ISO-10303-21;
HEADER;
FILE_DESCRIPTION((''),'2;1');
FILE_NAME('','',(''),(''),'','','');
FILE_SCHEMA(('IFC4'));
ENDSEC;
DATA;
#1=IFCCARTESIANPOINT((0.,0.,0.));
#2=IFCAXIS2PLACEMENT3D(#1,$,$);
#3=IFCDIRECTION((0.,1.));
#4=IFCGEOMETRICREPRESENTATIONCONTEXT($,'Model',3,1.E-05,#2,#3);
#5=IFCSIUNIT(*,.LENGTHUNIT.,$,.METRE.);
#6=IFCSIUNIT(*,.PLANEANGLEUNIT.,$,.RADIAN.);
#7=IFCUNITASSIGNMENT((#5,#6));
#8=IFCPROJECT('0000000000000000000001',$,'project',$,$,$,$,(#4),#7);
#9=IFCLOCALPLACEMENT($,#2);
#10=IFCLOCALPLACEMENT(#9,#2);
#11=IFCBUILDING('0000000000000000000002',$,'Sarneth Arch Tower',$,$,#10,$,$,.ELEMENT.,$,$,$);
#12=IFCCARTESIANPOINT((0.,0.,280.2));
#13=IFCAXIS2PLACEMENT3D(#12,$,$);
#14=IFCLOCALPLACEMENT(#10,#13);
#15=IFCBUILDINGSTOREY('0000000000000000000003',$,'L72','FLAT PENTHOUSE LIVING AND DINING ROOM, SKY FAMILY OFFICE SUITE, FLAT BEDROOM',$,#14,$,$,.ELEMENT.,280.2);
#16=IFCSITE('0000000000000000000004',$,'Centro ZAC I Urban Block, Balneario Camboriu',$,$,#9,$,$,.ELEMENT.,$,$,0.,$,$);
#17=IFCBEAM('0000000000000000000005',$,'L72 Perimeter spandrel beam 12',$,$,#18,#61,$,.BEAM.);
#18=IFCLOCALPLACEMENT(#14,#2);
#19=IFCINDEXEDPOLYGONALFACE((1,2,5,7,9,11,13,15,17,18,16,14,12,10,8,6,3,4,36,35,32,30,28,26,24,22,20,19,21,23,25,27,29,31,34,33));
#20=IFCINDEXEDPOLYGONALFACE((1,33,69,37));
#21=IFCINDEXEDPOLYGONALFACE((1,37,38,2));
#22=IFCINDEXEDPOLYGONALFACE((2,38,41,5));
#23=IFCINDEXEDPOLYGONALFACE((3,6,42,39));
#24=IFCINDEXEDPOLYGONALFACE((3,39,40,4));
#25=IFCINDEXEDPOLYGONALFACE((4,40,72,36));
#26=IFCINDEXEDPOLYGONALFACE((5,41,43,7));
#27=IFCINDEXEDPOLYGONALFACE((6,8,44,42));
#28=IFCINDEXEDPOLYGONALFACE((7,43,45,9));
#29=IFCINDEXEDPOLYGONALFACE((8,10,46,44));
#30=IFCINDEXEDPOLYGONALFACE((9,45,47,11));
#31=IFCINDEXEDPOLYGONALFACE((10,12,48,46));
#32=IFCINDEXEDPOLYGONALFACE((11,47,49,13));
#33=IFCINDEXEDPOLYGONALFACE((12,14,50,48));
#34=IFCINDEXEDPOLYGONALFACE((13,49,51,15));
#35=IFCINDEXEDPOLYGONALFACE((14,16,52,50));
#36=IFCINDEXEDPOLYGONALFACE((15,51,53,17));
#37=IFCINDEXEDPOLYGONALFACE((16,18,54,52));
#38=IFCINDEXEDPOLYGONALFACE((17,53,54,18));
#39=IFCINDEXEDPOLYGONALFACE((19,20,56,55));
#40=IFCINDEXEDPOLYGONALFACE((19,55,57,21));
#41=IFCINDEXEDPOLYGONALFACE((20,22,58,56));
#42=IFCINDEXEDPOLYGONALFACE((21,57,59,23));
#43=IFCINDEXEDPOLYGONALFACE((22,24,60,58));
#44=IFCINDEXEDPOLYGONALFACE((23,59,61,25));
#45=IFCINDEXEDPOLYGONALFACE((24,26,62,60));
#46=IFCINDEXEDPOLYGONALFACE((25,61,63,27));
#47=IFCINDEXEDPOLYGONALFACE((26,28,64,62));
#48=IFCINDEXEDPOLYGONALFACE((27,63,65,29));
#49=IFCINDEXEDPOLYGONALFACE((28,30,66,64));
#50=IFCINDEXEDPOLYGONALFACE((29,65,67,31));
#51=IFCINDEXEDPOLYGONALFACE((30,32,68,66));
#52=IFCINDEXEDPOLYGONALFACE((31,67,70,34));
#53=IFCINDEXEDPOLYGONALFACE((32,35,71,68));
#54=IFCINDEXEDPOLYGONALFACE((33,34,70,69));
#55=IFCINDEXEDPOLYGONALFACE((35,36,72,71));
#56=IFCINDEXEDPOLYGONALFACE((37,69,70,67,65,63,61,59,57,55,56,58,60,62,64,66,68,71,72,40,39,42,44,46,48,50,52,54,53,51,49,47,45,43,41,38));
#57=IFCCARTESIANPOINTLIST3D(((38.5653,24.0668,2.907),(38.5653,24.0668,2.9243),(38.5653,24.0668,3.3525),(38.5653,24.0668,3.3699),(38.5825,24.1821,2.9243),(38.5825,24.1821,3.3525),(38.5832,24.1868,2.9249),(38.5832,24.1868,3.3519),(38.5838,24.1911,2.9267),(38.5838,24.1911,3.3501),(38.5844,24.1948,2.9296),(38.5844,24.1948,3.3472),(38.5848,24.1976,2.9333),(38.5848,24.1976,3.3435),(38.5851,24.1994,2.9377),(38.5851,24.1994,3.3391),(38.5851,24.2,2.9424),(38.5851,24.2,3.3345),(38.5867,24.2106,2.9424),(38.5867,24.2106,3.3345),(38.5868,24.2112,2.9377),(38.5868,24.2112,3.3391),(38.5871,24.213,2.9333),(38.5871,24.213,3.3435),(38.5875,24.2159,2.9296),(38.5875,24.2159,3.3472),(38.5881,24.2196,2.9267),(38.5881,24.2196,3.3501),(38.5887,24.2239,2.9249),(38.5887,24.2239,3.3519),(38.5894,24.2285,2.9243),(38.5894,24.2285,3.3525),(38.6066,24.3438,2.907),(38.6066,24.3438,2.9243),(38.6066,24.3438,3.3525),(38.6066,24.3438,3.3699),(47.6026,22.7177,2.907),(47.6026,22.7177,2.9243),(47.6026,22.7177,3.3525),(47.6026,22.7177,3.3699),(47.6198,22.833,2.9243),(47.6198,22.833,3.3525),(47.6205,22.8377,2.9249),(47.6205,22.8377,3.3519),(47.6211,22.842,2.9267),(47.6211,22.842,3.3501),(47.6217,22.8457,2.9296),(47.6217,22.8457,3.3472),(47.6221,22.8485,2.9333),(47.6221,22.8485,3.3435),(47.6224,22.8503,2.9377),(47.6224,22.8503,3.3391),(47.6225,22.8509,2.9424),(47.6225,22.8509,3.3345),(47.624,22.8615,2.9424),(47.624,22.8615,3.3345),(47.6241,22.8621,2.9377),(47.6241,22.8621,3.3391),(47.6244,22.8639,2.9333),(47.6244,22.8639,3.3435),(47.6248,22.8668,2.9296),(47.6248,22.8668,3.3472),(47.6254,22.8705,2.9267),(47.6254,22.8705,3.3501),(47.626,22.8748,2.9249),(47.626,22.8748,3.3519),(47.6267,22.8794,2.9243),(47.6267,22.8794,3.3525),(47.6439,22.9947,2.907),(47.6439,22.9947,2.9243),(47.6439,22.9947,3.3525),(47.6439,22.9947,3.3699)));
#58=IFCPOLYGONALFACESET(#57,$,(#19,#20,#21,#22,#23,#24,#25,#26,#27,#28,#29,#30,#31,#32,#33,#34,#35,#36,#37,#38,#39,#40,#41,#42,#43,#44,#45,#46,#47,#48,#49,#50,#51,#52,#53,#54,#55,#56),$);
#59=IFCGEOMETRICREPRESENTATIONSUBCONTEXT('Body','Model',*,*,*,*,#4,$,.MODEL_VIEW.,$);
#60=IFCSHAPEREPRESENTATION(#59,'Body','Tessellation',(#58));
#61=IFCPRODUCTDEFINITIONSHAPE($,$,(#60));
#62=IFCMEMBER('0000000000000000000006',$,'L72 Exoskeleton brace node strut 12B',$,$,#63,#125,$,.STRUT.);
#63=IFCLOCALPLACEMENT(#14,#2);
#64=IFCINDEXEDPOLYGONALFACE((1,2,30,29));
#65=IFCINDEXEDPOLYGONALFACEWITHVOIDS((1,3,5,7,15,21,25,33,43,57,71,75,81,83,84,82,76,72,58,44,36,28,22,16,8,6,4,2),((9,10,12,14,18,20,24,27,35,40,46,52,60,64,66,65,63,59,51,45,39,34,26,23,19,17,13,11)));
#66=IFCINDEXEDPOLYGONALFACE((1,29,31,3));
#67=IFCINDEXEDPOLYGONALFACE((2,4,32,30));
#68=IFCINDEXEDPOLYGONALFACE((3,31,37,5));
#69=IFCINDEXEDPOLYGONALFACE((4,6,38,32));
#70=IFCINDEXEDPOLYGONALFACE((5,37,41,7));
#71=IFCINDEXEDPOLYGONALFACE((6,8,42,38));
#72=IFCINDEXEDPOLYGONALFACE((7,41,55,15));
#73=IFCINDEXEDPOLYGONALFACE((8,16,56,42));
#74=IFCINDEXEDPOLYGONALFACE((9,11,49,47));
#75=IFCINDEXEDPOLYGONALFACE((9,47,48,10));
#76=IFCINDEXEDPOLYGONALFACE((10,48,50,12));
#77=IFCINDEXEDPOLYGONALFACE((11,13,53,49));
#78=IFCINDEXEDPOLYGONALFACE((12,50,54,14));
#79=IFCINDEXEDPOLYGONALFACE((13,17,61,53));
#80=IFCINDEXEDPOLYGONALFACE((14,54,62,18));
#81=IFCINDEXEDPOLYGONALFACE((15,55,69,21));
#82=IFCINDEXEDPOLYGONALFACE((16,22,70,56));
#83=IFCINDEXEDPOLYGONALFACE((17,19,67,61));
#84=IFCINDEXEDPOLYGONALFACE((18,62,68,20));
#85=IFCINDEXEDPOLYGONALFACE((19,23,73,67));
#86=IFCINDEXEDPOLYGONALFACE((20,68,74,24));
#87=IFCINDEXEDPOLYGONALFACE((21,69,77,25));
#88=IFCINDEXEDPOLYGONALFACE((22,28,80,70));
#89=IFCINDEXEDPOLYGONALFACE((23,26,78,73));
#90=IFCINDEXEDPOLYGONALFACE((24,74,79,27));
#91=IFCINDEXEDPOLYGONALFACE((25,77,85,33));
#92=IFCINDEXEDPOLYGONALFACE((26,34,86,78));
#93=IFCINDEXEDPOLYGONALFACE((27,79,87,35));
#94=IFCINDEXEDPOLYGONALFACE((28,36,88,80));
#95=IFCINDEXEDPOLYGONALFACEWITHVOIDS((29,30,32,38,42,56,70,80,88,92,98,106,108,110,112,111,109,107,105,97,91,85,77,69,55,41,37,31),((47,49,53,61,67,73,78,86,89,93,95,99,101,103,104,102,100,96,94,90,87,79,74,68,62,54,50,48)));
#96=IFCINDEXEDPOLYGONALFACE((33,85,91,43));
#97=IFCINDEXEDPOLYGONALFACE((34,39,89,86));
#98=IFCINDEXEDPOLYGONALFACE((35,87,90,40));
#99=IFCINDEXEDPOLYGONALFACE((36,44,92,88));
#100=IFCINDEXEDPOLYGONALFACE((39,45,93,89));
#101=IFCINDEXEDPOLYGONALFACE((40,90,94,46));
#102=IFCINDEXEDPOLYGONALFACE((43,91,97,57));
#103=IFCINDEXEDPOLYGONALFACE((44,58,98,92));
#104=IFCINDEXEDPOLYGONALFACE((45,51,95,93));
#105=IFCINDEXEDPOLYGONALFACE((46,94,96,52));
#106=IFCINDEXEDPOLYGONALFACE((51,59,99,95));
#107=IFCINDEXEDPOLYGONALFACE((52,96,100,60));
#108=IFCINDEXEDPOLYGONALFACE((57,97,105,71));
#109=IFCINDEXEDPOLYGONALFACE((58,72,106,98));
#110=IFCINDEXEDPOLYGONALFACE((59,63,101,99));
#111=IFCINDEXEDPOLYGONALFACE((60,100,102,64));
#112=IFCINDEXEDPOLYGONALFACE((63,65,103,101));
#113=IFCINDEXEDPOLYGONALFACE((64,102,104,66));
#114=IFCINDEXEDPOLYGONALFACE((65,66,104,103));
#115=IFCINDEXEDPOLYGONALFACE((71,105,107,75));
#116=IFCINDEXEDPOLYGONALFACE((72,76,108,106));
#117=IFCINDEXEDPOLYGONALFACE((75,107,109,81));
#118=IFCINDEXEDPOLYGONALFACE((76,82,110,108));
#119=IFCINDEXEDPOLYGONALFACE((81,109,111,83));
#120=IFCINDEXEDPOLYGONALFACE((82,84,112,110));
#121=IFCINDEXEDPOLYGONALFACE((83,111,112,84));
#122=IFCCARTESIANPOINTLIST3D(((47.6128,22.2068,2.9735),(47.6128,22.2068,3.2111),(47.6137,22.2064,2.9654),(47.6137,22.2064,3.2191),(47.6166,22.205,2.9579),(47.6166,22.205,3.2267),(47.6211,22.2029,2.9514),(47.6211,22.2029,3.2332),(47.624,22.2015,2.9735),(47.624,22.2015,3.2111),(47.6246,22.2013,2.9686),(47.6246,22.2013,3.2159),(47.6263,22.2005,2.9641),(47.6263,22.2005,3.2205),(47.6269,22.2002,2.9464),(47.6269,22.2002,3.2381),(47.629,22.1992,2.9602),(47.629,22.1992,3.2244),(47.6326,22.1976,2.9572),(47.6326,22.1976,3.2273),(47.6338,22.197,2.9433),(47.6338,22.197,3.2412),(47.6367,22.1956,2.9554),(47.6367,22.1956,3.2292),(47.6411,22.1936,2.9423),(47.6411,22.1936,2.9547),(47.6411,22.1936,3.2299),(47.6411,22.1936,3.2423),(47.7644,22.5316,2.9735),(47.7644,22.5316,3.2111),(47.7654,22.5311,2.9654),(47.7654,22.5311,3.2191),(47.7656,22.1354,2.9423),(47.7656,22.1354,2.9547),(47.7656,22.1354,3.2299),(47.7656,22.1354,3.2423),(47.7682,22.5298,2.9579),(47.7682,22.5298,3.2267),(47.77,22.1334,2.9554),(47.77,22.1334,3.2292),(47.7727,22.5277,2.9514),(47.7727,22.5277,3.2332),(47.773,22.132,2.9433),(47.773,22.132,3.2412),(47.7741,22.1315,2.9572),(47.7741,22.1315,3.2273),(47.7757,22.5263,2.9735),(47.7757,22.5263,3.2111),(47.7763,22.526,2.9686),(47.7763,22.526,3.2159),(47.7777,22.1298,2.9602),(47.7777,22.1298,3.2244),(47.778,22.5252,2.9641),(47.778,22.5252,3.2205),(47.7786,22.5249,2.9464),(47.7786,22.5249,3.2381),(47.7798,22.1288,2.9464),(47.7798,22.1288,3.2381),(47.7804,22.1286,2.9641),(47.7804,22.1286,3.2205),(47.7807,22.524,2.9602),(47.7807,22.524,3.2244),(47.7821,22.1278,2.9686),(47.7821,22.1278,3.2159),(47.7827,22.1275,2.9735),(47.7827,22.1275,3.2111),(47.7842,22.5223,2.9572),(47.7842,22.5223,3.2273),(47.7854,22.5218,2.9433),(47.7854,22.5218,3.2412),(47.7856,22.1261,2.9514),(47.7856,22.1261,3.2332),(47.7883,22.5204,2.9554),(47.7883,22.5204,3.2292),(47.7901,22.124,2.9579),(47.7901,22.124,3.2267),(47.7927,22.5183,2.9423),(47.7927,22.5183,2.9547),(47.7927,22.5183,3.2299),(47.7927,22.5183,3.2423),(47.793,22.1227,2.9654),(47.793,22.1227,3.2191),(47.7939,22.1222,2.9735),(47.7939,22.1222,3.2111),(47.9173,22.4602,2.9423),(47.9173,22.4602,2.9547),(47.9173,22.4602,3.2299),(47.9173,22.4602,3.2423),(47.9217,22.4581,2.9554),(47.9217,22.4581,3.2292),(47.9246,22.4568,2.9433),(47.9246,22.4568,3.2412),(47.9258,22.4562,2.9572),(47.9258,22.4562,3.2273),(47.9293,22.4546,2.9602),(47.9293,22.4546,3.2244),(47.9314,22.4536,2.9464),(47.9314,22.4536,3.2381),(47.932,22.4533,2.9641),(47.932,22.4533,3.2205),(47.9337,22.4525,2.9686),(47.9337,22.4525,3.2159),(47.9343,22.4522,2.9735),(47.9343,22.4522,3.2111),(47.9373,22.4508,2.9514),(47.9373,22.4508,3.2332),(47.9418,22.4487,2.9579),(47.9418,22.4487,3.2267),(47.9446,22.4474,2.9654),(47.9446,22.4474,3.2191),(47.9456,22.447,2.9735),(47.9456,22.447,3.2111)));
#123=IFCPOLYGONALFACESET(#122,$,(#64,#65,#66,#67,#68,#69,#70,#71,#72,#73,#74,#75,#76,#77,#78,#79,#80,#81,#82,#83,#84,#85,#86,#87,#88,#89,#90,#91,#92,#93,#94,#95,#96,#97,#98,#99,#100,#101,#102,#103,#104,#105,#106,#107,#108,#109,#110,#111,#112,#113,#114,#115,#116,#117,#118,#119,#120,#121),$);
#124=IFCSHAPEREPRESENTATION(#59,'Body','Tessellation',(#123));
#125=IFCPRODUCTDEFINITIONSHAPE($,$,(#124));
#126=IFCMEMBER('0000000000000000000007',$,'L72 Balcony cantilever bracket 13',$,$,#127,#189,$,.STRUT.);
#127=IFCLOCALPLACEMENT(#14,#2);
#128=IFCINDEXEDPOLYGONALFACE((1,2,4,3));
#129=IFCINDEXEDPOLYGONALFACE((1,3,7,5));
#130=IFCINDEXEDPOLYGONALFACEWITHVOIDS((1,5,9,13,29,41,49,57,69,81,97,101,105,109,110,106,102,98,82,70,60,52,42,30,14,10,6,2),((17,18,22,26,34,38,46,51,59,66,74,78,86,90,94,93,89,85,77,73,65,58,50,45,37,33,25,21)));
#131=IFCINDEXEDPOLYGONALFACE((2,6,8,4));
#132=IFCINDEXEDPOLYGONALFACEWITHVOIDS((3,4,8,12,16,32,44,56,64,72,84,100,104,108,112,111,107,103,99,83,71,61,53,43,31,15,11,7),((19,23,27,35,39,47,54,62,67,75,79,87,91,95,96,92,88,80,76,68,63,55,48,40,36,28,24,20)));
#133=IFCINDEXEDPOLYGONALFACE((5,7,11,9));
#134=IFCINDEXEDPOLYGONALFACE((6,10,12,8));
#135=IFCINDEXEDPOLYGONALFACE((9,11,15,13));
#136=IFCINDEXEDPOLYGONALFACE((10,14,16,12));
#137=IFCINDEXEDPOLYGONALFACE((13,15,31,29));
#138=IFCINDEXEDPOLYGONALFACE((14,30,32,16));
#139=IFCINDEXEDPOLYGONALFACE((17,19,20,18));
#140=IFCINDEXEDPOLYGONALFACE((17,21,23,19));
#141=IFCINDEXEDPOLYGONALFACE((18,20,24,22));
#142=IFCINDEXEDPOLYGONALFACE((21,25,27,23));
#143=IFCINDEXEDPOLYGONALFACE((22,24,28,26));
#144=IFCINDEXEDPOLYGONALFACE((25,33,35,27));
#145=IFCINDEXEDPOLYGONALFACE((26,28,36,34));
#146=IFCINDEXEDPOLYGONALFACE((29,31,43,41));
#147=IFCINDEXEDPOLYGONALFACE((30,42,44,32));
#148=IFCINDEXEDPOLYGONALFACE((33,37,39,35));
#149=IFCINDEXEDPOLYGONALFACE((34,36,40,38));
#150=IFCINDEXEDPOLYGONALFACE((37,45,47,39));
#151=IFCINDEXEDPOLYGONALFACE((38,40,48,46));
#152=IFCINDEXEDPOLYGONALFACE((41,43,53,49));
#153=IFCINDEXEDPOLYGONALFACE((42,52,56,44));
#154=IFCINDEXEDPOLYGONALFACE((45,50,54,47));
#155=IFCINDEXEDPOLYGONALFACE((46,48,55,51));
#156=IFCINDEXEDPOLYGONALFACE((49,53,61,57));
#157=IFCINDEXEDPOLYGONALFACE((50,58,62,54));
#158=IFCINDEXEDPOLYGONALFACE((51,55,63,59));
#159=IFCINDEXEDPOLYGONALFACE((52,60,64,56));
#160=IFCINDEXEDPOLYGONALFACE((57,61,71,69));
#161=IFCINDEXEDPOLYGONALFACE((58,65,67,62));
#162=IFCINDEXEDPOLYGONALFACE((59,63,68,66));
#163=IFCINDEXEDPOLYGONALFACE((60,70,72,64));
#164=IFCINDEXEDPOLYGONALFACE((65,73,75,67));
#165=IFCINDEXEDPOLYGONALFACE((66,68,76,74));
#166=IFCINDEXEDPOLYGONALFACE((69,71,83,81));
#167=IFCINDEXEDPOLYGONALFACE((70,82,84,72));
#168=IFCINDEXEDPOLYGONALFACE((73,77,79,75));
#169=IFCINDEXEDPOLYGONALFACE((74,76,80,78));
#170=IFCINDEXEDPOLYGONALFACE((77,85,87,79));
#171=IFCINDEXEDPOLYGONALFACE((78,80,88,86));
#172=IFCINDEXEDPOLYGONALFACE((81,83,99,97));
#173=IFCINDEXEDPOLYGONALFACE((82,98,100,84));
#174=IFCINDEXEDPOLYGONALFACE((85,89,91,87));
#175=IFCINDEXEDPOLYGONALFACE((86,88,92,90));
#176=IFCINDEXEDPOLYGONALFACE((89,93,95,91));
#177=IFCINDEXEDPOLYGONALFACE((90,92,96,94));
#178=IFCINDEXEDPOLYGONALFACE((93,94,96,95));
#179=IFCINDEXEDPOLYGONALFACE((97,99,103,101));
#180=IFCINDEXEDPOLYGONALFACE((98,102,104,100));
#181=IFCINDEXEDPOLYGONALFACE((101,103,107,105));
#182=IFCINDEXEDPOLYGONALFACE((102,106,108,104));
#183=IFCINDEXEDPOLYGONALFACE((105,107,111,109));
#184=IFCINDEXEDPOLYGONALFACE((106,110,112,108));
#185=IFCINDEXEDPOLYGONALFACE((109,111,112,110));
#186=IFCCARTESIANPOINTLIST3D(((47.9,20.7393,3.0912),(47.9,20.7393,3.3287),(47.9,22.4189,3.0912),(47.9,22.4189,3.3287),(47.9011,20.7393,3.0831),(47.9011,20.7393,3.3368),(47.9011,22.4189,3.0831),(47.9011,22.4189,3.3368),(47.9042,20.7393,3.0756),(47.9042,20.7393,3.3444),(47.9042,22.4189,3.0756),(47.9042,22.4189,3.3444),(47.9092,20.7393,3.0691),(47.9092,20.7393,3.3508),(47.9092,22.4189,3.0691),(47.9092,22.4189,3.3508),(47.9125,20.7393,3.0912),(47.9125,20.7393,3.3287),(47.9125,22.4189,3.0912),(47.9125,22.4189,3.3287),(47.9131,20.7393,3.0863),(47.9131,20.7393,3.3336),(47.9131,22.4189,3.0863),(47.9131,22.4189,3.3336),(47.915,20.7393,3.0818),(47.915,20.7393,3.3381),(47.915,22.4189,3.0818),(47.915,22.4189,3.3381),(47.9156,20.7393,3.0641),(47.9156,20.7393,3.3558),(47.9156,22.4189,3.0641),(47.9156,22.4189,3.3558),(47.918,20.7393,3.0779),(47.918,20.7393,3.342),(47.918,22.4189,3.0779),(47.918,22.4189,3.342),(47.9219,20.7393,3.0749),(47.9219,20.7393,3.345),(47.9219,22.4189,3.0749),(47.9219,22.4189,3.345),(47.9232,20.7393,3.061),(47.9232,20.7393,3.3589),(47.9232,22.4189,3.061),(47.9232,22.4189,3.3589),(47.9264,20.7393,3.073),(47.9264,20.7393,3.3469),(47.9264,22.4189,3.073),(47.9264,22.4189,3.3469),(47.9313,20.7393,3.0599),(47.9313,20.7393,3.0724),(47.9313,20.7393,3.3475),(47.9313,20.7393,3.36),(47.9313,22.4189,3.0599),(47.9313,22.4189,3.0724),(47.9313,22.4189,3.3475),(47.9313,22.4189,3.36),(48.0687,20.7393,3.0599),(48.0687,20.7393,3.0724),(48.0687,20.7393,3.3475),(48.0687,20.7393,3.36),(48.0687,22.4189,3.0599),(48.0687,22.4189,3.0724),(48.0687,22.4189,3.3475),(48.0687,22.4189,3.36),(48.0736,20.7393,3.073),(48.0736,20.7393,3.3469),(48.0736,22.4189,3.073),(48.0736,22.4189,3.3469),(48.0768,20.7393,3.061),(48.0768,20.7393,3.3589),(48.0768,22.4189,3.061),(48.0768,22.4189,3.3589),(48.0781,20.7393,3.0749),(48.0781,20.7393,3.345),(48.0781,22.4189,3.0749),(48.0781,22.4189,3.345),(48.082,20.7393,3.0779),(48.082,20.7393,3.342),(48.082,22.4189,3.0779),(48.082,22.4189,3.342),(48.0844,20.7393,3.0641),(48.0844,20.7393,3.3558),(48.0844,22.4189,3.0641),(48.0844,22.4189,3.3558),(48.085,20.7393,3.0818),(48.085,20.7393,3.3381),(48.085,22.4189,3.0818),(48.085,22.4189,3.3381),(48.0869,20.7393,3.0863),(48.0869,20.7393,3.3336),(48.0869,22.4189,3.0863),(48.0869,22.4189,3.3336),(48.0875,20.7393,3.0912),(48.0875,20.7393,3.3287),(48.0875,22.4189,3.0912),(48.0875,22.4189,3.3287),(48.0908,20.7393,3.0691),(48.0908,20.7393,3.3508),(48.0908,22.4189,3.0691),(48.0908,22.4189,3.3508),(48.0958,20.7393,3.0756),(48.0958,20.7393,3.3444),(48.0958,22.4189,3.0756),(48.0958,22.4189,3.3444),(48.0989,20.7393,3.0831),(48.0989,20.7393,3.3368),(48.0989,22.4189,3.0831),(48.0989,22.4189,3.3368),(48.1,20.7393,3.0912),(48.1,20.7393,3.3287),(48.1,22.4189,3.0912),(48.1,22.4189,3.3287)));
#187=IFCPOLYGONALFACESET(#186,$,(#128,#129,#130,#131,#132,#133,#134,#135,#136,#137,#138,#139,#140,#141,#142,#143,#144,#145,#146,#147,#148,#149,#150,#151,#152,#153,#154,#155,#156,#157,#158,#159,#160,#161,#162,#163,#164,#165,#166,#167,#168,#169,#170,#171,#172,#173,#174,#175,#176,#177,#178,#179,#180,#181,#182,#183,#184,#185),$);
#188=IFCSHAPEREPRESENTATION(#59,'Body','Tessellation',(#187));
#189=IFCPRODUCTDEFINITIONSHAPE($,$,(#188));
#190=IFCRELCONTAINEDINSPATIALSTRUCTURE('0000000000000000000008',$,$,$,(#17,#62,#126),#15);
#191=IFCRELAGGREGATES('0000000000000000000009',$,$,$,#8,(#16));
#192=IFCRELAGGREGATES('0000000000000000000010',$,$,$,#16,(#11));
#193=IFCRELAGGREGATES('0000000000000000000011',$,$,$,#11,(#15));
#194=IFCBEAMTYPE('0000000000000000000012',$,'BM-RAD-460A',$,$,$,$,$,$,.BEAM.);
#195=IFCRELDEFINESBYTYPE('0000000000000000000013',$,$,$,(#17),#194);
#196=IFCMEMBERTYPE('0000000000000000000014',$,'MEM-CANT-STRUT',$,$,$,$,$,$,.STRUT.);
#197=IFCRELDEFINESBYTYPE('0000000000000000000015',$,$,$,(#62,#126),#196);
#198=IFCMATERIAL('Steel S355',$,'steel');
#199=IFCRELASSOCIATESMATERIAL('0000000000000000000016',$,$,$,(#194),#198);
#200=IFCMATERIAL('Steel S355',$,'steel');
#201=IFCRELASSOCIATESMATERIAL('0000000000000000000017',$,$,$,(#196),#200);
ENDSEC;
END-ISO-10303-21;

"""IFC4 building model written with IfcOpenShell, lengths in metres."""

from ifc_helpers import new_model, si_unit, direction, frame, origin, origin_2d, place, context, subcontext, project, spatial, hollow_rectangle, i_section, extrude, material, material_profile, profile_set, type_object, element, save


model = new_model("IFC4")

# Units and contexts
model_context = context("Model", 3, precision=1e-05, world=origin(), true_north=direction((0.0, 1.0)))
body_context = subcontext(model_context, "Body", "Model", "MODEL_VIEW")
ifc_project = project(units=[si_unit("LENGTHUNIT", "METRE"), si_unit("PLANEANGLEUNIT", "RADIAN")], contexts=[model_context])

# Site, building, storey
site_placement = place(None, origin())
site = spatial("IfcSite", under=ifc_project, at=site_placement, Name="Centro ZAC I Urban Block, Balneario Camboriu", CompositionType="ELEMENT", RefElevation=0.0)
building_placement = place(site_placement, origin())
building = spatial("IfcBuilding", under=site, at=building_placement, Name="Sarneth Arch Tower", CompositionType="ELEMENT")
storey_placement = place(building_placement, frame((0.0, 0.0, 280.2)))
storey = spatial("IfcBuildingStorey", under=building, at=storey_placement, Name="L72", Description="FLAT PENTHOUSE LIVING AND DINING ROOM, SKY FAMILY OFFICE SUITE, FLAT BEDROOM", CompositionType="ELEMENT", Elevation=280.2)

# Beam
ifc_material_1 = material(Name="Steel S355", Category="steel")
ifc_material_profile_1 = material_profile(ifc_material_1, i_section(OverallWidth=0.28, OverallDepth=0.4629, WebThickness=0.0107, FlangeThickness=0.0173, FilletRadius=0.0181, at=origin_2d()), Name="W460x113")
ifc_profile_set_1 = profile_set([ifc_material_profile_1], Name="Steel S355")
beam_type_1 = type_object("IfcBeamType", Name="BM-RAD-460A", PredefinedType="BEAM", material=ifc_profile_set_1)
beam_1_placement = place(storey_placement, frame((38.5859, 24.2053, 3.1384), z_axis=(0.98904, -0.147647, 0.0), x_axis=(0.147647, 0.98904, 0.0)))
element("IfcBeam", 1, at=beam_1_placement, inside=storey, type_object=beam_type_1, Name="L72 Perimeter spandrel beam 12", PredefinedType="BEAM", context=body_context, shape_type="SweptSolid", body=[
    extrude(i_section(OverallWidth=0.28, OverallDepth=0.4629, WebThickness=0.0107, FlangeThickness=0.0173, FilletRadius=0.0181, at=origin_2d()), origin(), (0.0, 0.0, 1.0), 9.1375),
])

# Members
ifc_material_2 = material(Name="Steel S355", Category="steel")
ifc_material_profile_2 = material_profile(ifc_material_2, hollow_rectangle(XDim=0.2, YDim=0.3, WallThickness=0.0125, InnerFilletRadius=0.0188, OuterFilletRadius=0.0312, at=origin_2d()), Name="RHS300x200x12.5")
ifc_profile_set_2 = profile_set([ifc_material_profile_2], Name="Steel S355")
member_type_1 = type_object("IfcMemberType", Name="MEM-CANT-STRUT", PredefinedType="STRUT", material=ifc_profile_set_2)
member_1_placement = place(storey_placement, frame((47.855, 22.4893, 3.0923), z_axis=(-0.423072, -0.906096, 0.0), x_axis=(0.906096, -0.423072, 0.0)))
element("IfcMember", 2, at=member_1_placement, inside=storey, type_object=member_type_1, Name="L72 Exoskeleton brace node strut 12B", PredefinedType="STRUT", context=body_context, shape_type="SweptSolid", body=[
    extrude(hollow_rectangle(XDim=0.2, YDim=0.3, WallThickness=0.0125, InnerFilletRadius=0.0188, OuterFilletRadius=0.0312, at=origin_2d()), origin(), (0.0, 0.0, 1.0), 0.3584),
])
member_2_placement = place(storey_placement, frame((48.0, 22.4189, 3.21), z_axis=(0.0, -1.0, 0.0), x_axis=(1.0, 0.0, 0.0)))
element("IfcMember", 3, at=member_2_placement, inside=storey, type_object=member_type_1, Name="L72 Balcony cantilever bracket 13", PredefinedType="STRUT", context=body_context, shape_type="SweptSolid", body=[
    extrude(hollow_rectangle(XDim=0.2, YDim=0.3, WallThickness=0.0125, InnerFilletRadius=0.0188, OuterFilletRadius=0.0312, at=origin_2d()), origin(), (0.0, 0.0, 1.0), 1.6797),
])

save(model, "model.ifc")
